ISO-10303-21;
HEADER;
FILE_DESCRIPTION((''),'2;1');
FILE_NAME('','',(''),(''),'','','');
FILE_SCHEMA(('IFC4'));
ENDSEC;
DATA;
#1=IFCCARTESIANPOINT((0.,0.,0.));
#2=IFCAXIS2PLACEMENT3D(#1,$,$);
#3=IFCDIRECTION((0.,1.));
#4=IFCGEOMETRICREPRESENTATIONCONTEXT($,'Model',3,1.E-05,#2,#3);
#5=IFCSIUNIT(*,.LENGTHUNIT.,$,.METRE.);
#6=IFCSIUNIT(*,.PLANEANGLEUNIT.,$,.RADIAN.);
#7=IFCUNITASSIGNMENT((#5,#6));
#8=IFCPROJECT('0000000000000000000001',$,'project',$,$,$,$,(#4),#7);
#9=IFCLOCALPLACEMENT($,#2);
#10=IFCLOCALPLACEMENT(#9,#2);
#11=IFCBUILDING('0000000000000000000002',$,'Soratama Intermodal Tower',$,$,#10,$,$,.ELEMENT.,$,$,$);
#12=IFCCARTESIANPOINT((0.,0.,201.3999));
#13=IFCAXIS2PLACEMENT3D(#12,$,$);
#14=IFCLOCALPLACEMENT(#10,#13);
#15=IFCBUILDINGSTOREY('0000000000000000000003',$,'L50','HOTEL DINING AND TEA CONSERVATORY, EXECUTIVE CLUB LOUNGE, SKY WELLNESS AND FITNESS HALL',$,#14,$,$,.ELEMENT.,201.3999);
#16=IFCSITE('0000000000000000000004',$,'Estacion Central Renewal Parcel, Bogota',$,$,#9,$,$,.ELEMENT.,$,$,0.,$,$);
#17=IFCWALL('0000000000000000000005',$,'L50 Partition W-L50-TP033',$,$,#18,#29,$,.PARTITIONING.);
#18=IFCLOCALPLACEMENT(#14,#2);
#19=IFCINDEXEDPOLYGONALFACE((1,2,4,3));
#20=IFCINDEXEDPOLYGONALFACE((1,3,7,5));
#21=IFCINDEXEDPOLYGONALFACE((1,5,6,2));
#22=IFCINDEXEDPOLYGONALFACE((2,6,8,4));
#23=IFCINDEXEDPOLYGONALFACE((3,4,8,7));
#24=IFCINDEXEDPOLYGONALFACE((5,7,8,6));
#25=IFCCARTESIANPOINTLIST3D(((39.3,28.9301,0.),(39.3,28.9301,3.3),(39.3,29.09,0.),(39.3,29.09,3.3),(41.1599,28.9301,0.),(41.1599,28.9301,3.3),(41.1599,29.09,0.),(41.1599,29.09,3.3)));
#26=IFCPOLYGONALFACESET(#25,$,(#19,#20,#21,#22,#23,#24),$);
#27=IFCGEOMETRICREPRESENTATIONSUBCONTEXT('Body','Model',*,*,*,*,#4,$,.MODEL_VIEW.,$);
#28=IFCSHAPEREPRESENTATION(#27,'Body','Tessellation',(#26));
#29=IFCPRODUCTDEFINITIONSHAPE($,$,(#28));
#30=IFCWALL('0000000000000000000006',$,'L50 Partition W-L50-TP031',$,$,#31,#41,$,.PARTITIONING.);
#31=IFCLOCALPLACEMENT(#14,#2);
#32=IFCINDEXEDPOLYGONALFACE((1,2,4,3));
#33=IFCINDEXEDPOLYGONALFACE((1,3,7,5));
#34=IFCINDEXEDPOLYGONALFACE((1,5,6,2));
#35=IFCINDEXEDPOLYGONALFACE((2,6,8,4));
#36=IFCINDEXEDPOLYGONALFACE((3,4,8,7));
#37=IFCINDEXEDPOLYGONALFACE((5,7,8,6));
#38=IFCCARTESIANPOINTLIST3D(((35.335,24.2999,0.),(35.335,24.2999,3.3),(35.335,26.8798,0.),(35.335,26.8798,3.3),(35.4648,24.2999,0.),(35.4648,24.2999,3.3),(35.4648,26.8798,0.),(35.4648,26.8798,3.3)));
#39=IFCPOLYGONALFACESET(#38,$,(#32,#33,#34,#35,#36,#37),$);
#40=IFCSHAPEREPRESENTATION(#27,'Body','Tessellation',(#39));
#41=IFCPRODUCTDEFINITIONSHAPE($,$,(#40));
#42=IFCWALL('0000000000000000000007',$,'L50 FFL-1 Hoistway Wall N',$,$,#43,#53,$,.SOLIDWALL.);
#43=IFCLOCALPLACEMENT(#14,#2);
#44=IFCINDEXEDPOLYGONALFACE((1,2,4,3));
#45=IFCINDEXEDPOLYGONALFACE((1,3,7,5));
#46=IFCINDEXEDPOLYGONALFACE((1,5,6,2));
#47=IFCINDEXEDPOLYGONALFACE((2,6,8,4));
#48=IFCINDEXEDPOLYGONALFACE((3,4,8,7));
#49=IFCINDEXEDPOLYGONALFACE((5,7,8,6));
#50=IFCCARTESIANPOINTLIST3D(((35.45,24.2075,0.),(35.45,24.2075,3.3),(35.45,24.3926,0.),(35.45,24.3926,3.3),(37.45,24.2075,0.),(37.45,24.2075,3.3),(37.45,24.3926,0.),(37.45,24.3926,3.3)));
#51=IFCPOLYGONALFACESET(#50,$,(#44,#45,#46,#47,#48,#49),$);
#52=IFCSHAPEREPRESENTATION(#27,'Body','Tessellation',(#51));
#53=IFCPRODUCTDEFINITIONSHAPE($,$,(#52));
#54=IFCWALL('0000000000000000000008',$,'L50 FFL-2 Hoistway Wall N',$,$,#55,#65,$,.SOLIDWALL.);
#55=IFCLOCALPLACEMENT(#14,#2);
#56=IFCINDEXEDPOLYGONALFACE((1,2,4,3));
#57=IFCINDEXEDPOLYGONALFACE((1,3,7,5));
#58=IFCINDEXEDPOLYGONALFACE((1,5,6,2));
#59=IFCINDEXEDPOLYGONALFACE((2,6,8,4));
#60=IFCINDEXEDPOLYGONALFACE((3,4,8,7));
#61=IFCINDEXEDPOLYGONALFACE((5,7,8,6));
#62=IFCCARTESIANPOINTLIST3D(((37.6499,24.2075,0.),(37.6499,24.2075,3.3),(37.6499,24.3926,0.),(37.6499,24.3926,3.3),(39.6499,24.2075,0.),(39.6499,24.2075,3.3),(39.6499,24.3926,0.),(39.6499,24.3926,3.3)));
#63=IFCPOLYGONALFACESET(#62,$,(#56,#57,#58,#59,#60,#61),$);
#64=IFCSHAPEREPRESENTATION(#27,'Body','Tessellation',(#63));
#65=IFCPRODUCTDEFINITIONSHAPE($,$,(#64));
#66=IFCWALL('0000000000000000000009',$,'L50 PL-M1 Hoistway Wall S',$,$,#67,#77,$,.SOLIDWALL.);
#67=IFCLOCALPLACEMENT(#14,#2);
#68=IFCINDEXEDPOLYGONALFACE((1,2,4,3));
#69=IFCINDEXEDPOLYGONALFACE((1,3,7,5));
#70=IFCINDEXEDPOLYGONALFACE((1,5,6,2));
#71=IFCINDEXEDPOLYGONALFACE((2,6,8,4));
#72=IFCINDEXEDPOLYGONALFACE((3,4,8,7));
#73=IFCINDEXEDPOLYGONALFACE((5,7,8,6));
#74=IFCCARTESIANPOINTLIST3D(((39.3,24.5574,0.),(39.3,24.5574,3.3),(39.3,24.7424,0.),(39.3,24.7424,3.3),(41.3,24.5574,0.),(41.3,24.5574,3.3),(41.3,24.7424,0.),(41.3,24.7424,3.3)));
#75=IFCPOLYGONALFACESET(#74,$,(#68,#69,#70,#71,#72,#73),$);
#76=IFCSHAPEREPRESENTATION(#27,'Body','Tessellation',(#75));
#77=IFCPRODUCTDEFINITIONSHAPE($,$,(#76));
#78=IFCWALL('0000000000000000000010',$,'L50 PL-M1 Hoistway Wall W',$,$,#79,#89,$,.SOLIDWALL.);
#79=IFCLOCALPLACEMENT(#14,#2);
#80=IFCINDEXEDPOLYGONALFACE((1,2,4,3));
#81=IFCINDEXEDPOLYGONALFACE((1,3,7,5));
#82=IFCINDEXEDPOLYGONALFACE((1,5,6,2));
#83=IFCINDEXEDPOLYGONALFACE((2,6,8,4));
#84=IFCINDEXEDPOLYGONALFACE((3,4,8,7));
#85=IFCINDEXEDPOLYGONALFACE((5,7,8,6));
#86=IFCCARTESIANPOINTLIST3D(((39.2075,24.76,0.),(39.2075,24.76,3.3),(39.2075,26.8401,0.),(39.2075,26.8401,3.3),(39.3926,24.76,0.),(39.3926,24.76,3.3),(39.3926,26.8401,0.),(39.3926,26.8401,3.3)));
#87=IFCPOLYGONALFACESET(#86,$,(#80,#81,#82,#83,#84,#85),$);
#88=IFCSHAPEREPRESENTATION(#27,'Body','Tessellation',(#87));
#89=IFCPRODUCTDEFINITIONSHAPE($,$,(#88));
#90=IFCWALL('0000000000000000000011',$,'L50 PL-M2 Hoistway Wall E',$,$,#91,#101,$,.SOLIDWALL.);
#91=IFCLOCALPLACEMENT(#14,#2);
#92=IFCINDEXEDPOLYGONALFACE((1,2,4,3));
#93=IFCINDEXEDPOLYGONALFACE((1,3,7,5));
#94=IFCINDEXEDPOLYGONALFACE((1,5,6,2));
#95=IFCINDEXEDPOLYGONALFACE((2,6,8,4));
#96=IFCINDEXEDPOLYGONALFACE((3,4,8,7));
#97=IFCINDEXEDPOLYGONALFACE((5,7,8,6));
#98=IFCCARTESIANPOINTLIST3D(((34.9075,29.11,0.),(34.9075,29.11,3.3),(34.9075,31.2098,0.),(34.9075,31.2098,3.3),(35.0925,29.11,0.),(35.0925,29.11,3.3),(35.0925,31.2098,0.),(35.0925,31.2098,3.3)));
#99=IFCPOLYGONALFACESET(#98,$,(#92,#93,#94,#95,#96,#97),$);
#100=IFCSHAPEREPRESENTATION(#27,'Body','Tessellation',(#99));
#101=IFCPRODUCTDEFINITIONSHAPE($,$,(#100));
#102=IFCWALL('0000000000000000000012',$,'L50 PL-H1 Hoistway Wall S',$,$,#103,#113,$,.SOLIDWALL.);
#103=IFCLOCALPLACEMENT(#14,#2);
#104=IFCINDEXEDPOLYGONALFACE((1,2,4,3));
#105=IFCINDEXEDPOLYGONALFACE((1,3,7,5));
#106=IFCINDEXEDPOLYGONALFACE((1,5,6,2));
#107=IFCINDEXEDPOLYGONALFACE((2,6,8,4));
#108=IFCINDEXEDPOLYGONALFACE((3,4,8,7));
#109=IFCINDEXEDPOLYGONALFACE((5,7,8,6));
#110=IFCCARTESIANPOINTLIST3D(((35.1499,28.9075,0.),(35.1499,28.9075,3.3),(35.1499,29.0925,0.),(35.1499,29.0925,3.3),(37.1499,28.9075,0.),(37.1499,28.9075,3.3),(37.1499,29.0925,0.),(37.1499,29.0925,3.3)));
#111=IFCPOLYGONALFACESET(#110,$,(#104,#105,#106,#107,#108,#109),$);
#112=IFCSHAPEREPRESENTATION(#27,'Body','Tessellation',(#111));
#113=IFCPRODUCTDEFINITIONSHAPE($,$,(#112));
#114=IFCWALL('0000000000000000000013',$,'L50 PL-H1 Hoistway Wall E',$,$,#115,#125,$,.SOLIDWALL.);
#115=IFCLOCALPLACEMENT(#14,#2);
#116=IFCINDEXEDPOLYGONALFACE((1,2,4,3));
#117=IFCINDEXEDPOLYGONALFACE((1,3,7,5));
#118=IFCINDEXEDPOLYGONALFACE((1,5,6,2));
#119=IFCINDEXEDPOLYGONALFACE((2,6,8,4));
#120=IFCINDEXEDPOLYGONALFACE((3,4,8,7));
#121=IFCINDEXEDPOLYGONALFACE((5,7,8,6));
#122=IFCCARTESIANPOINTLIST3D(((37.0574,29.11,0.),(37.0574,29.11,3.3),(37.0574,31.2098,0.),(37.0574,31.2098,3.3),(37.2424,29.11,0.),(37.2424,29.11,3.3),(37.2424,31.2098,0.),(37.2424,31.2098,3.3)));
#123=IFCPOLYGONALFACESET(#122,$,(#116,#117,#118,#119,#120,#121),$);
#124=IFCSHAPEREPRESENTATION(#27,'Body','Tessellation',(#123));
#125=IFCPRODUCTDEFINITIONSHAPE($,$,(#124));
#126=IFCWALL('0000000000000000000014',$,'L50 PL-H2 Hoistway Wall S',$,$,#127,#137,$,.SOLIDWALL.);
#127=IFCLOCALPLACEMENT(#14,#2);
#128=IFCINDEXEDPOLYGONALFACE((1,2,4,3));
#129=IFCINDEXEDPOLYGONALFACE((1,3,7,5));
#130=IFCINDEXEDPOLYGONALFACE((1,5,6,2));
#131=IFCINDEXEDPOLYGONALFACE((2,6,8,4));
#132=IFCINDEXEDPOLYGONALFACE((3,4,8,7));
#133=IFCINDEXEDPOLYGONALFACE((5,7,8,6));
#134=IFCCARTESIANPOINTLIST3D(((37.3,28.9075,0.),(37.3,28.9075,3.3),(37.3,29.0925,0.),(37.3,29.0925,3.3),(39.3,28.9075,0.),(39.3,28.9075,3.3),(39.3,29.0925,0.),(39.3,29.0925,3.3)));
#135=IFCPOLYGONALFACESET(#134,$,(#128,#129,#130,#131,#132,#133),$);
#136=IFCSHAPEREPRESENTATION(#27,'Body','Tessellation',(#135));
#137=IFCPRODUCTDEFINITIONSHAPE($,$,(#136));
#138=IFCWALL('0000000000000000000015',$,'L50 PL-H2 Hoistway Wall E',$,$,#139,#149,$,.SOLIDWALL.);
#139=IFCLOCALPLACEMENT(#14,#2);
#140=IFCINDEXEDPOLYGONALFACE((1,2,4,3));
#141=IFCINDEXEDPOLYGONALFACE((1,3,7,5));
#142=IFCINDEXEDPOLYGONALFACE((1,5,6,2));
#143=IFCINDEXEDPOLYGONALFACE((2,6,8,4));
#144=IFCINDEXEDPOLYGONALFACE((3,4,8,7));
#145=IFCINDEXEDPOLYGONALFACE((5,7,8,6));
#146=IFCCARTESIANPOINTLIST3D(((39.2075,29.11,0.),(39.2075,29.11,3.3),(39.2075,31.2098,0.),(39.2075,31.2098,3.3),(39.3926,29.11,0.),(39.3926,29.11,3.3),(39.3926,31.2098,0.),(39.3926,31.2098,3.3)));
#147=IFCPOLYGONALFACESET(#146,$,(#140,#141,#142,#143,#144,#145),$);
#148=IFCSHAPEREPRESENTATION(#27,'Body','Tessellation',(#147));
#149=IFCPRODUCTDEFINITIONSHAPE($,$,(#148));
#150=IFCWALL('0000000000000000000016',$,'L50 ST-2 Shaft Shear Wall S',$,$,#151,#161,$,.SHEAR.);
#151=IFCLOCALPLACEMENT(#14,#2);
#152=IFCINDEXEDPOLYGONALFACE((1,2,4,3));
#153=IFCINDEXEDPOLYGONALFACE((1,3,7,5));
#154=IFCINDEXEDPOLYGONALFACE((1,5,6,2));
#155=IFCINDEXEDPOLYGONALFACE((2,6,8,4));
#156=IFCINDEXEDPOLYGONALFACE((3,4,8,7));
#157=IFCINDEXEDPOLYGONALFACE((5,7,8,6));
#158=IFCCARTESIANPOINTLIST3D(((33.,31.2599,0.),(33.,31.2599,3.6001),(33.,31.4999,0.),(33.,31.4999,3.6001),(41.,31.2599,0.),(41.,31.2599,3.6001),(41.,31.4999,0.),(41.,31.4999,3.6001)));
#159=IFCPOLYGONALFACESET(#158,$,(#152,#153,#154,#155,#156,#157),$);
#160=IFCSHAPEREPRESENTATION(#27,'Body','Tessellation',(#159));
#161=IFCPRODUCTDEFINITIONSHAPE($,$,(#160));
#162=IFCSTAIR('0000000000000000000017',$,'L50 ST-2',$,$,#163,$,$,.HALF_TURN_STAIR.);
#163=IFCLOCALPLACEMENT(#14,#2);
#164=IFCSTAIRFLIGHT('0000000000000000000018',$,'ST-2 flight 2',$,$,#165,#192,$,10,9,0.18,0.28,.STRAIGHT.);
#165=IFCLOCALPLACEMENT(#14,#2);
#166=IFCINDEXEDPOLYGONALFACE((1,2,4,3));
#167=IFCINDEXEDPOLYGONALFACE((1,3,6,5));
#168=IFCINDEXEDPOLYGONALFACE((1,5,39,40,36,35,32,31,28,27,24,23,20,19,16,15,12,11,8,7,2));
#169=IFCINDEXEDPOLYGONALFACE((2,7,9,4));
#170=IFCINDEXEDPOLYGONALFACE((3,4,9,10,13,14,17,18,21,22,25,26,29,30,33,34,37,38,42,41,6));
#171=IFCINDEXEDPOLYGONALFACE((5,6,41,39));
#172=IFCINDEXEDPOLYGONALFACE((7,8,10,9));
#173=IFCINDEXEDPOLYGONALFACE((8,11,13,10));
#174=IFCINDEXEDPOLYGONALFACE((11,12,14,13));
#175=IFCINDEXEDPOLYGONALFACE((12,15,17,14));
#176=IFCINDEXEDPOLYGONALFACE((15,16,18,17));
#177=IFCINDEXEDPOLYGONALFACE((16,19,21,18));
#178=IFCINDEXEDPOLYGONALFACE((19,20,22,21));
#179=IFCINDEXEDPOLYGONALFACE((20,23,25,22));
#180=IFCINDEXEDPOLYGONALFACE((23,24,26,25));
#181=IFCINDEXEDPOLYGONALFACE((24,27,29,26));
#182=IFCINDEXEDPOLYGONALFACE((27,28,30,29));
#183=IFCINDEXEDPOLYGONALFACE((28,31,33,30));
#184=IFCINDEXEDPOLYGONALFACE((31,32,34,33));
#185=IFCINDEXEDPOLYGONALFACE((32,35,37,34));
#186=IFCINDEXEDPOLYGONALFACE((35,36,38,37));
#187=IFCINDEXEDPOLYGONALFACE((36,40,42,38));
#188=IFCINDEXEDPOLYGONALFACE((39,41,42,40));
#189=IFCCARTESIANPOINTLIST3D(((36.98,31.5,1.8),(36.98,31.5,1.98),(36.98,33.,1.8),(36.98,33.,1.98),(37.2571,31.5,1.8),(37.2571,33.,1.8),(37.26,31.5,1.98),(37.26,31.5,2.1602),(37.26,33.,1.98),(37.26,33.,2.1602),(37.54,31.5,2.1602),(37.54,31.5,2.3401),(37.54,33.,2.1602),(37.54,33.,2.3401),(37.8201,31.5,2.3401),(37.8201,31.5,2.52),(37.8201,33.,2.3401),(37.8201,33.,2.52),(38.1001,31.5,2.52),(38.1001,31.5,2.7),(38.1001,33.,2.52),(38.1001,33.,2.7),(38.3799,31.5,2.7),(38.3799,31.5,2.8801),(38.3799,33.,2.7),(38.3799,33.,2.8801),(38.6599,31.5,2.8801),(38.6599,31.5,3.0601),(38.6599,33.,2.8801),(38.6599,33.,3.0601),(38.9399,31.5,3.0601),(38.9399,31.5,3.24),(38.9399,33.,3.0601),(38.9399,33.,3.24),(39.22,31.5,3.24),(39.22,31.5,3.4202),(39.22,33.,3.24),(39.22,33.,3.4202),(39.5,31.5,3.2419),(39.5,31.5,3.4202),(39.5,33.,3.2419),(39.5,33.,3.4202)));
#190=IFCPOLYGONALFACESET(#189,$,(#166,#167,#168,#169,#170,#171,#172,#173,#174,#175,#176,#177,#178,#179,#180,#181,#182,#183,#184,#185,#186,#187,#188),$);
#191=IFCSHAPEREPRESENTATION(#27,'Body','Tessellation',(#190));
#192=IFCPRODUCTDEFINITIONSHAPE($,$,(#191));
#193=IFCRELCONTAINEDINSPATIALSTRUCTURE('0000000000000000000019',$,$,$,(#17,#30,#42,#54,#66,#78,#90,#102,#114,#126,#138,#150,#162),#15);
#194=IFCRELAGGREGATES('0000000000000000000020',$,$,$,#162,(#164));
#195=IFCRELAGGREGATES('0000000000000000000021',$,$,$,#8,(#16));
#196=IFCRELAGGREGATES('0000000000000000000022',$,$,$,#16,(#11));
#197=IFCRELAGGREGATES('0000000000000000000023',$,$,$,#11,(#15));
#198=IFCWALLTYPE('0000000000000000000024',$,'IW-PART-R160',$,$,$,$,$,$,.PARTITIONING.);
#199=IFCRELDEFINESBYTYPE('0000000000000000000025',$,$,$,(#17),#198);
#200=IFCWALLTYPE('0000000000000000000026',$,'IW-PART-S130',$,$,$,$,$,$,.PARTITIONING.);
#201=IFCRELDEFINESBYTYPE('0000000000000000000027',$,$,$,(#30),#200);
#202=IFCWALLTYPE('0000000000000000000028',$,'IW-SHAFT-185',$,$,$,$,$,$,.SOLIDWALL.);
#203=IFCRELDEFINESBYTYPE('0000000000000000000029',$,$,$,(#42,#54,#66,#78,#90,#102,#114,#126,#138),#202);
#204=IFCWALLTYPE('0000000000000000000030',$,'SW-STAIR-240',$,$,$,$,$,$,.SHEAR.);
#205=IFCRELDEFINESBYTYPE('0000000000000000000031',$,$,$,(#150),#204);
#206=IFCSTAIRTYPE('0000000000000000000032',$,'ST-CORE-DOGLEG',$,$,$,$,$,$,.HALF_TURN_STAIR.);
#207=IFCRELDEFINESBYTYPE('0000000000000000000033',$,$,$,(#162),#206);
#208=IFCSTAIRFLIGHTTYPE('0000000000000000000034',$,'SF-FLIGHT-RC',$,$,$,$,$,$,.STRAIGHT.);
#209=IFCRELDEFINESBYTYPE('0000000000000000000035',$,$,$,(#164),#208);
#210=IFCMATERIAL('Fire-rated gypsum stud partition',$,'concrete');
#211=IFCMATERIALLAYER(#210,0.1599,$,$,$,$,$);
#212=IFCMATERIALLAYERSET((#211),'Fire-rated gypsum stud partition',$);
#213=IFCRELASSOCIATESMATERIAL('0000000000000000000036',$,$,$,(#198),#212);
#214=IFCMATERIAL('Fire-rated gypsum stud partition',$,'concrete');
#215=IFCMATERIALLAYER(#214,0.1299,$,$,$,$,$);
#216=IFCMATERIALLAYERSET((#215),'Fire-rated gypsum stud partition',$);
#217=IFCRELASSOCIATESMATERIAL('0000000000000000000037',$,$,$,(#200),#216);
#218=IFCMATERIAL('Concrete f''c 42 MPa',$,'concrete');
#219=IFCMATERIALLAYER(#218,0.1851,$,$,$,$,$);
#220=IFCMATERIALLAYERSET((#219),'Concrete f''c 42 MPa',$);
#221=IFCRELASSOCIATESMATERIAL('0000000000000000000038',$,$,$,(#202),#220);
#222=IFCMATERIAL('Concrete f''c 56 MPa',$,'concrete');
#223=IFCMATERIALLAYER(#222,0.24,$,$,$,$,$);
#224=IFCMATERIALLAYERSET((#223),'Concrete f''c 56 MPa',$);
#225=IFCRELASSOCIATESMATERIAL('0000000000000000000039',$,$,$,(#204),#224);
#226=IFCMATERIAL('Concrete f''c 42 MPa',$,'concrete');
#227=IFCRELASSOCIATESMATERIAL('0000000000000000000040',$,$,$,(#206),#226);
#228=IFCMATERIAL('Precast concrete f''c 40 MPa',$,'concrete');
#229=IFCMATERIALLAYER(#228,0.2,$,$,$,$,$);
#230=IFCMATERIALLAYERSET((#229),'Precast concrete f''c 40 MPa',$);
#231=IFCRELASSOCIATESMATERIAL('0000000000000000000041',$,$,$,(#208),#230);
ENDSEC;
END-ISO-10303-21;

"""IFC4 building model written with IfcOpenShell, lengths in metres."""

from ifc_helpers import new_model, si_unit, direction, frame, frame_2d, origin, place, context, subcontext, project, spatial, polyline, rectangle, outline, extrude, material, layer, layer_set, type_object, element, aggregate, save


model = new_model("IFC4")

# Units and contexts
model_context = context("Model", 3, precision=1e-05, world=origin(), true_north=direction((0.0, 1.0)))
body_context = subcontext(model_context, "Body", "Model", "MODEL_VIEW")
ifc_project = project(units=[si_unit("LENGTHUNIT", "METRE"), si_unit("PLANEANGLEUNIT", "RADIAN")], contexts=[model_context])

# Site, building, storey
site_placement = place(None, origin())
site = spatial("IfcSite", under=ifc_project, at=site_placement, Name="Estacion Central Renewal Parcel, Bogota", CompositionType="ELEMENT", RefElevation=0.0)
building_placement = place(site_placement, origin())
building = spatial("IfcBuilding", under=site, at=building_placement, Name="Soratama Intermodal Tower", CompositionType="ELEMENT")
storey_placement = place(building_placement, frame((0.0, 0.0, 201.3999)))
storey = spatial("IfcBuildingStorey", under=building, at=storey_placement, Name="L50", Description="HOTEL DINING AND TEA CONSERVATORY, EXECUTIVE CLUB LOUNGE, SKY WELLNESS AND FITNESS HALL", CompositionType="ELEMENT", Elevation=201.3999)

# Shared definitions
ifc_material_1 = material(Name="Fire-rated gypsum stud partition", Category="concrete")
ifc_layer_1 = layer(ifc_material_1, 0.1599)
ifc_layer_set_1 = layer_set([ifc_layer_1], Name="Fire-rated gypsum stud partition")
wall_type_1 = type_object("IfcWallType", Name="IW-PART-R160", PredefinedType="PARTITIONING", material=ifc_layer_set_1)

# Walls
wall_1_placement = place(storey_placement, frame((39.3, 29.01, 0.0), z_axis=(0.0, 0.0, 1.0), x_axis=(1.0, 0.0, 0.0)))
element("IfcWall", 1, at=wall_1_placement, inside=storey, type_object=wall_type_1, Name="L50 Partition W-L50-TP033", PredefinedType="PARTITIONING", context=body_context, shape_type="SweptSolid", body=[
    extrude(rectangle(XDim=1.8599, YDim=0.1599, at=frame_2d((0.9299, 0.0))), origin(), (0.0, 0.0, 1.0), 3.3),
])
ifc_material_2 = material(Name="Fire-rated gypsum stud partition", Category="concrete")
ifc_layer_2 = layer(ifc_material_2, 0.1299)
ifc_layer_set_2 = layer_set([ifc_layer_2], Name="Fire-rated gypsum stud partition")
wall_type_2 = type_object("IfcWallType", Name="IW-PART-S130", PredefinedType="PARTITIONING", material=ifc_layer_set_2)
wall_2_placement = place(storey_placement, frame((35.3999, 26.8799, 0.0), z_axis=(0.0, 0.0, 1.0), x_axis=(0.0, -1.0, 0.0)))
element("IfcWall", 2, at=wall_2_placement, inside=storey, type_object=wall_type_2, Name="L50 Partition W-L50-TP031", PredefinedType="PARTITIONING", context=body_context, shape_type="SweptSolid", body=[
    extrude(rectangle(XDim=2.5798, YDim=0.1299, at=frame_2d((1.29, 0.0))), origin(), (0.0, 0.0, 1.0), 3.3),
])
ifc_material_3 = material(Name="Concrete f'c 42 MPa", Category="concrete")
ifc_layer_3 = layer(ifc_material_3, 0.1851)
ifc_layer_set_3 = layer_set([ifc_layer_3], Name="Concrete f'c 42 MPa")
wall_type_3 = type_object("IfcWallType", Name="IW-SHAFT-185", PredefinedType="SOLIDWALL", material=ifc_layer_set_3)
for number, where, z_axis, x_axis, name in (
    (3, (35.45, 24.3, 0.0), (0.0, 0.0, 1.0), (1.0, 0.0, 0.0), "L50 FFL-1 Hoistway Wall N"),
    (4, (37.6499, 24.3, 0.0), (0.0, 0.0, 1.0), (1.0, 0.0, 0.0), "L50 FFL-2 Hoistway Wall N"),
    (5, (39.3, 24.6499, 0.0), (0.0, 0.0, 1.0), (1.0, 0.0, 0.0), "L50 PL-M1 Hoistway Wall S"),
):
    element("IfcWall", number, at=place(storey_placement, frame(where, z_axis=z_axis, x_axis=x_axis)), inside=storey, type_object=wall_type_3, Name=name, PredefinedType="SOLIDWALL", context=body_context, shape_type="SweptSolid", body=[
        extrude(rectangle(XDim=2.0, YDim=0.1851, at=frame_2d((1.0, 0.0))), origin(), (0.0, 0.0, 1.0), 3.3),
    ])

# Walls
wall_3_placement = place(storey_placement, frame((39.3, 24.76, 0.0), z_axis=(0.0, 0.0, 1.0), x_axis=(0.0, 1.0, 0.0)))
element("IfcWall", 6, at=wall_3_placement, inside=storey, type_object=wall_type_3, Name="L50 PL-M1 Hoistway Wall W", PredefinedType="SOLIDWALL", context=body_context, shape_type="SweptSolid", body=[
    extrude(rectangle(XDim=2.0801, YDim=0.1851, at=frame_2d((1.04, 0.0))), origin(), (0.0, 0.0, 1.0), 3.3),
])
wall_4_placement = place(storey_placement, frame((35.0, 29.1101, 0.0), z_axis=(0.0, 0.0, 1.0), x_axis=(0.0, 1.0, 0.0)))
element("IfcWall", 7, at=wall_4_placement, inside=storey, type_object=wall_type_3, Name="L50 PL-M2 Hoistway Wall E", PredefinedType="SOLIDWALL", context=body_context, shape_type="SweptSolid", body=[
    extrude(rectangle(XDim=2.0999, YDim=0.1851, at=frame_2d((1.0498, 0.0))), origin(), (0.0, 0.0, 1.0), 3.3),
])
wall_5_placement = place(storey_placement, frame((35.1499, 29.0, 0.0), z_axis=(0.0, 0.0, 1.0), x_axis=(1.0, 0.0, 0.0)))
element("IfcWall", 8, at=wall_5_placement, inside=storey, type_object=wall_type_3, Name="L50 PL-H1 Hoistway Wall S", PredefinedType="SOLIDWALL", context=body_context, shape_type="SweptSolid", body=[
    extrude(rectangle(XDim=2.0, YDim=0.1851, at=frame_2d((1.0, 0.0))), origin(), (0.0, 0.0, 1.0), 3.3),
])
wall_6_placement = place(storey_placement, frame((37.1499, 29.1101, 0.0), z_axis=(0.0, 0.0, 1.0), x_axis=(0.0, 1.0, 0.0)))
element("IfcWall", 9, at=wall_6_placement, inside=storey, type_object=wall_type_3, Name="L50 PL-H1 Hoistway Wall E", PredefinedType="SOLIDWALL", context=body_context, shape_type="SweptSolid", body=[
    extrude(rectangle(XDim=2.0999, YDim=0.1851, at=frame_2d((1.0498, 0.0))), origin(), (0.0, 0.0, 1.0), 3.3),
])
wall_7_placement = place(storey_placement, frame((37.3, 29.0, 0.0), z_axis=(0.0, 0.0, 1.0), x_axis=(1.0, 0.0, 0.0)))
element("IfcWall", 10, at=wall_7_placement, inside=storey, type_object=wall_type_3, Name="L50 PL-H2 Hoistway Wall S", PredefinedType="SOLIDWALL", context=body_context, shape_type="SweptSolid", body=[
    extrude(rectangle(XDim=2.0, YDim=0.1851, at=frame_2d((1.0, 0.0))), origin(), (0.0, 0.0, 1.0), 3.3),
])
wall_8_placement = place(storey_placement, frame((39.3, 29.1101, 0.0), z_axis=(0.0, 0.0, 1.0), x_axis=(0.0, 1.0, 0.0)))
element("IfcWall", 11, at=wall_8_placement, inside=storey, type_object=wall_type_3, Name="L50 PL-H2 Hoistway Wall E", PredefinedType="SOLIDWALL", context=body_context, shape_type="SweptSolid", body=[
    extrude(rectangle(XDim=2.0999, YDim=0.1851, at=frame_2d((1.0498, 0.0))), origin(), (0.0, 0.0, 1.0), 3.3),
])
ifc_material_4 = material(Name="Concrete f'c 56 MPa", Category="concrete")
ifc_layer_4 = layer(ifc_material_4, 0.24)
ifc_layer_set_4 = layer_set([ifc_layer_4], Name="Concrete f'c 56 MPa")
wall_type_4 = type_object("IfcWallType", Name="SW-STAIR-240", PredefinedType="SHEAR", material=ifc_layer_set_4)
wall_9_placement = place(storey_placement, frame((33.0, 31.3799, 0.0), z_axis=(0.0, 0.0, 1.0), x_axis=(1.0, 0.0, 0.0)))
element("IfcWall", 12, at=wall_9_placement, inside=storey, type_object=wall_type_4, Name="L50 ST-2 Shaft Shear Wall S", PredefinedType="SHEAR", context=body_context, shape_type="SweptSolid", body=[
    extrude(rectangle(XDim=8.0, YDim=0.24, at=frame_2d((4.0, 0.0))), origin(), (0.0, 0.0, 1.0), 3.6001),
])

# Stair, stair flight
ifc_material_5 = material(Name="Concrete f'c 42 MPa", Category="concrete")
stair_type = type_object("IfcStairType", Name="ST-CORE-DOGLEG", PredefinedType="HALF_TURN_STAIR", material=ifc_material_5)
stair_placement = place(storey_placement, origin())
stair = element("IfcStair", 13, at=stair_placement, inside=storey, type_object=stair_type, Name="L50 ST-2", PredefinedType="HALF_TURN_STAIR")
ifc_material_6 = material(Name="Precast concrete f'c 40 MPa", Category="concrete")
ifc_layer_5 = layer(ifc_material_6, 0.2)
ifc_layer_set_5 = layer_set([ifc_layer_5], Name="Precast concrete f'c 40 MPa")
stair_flight_type = type_object("IfcStairFlightType", Name="SF-FLIGHT-RC", PredefinedType="STRAIGHT", material=ifc_layer_set_5)
stair_flight_placement = place(storey_placement, frame((36.98, 32.25, 1.8), z_axis=(0.0, 0.0, 1.0), x_axis=(1.0, 0.0, 0.0)))
stair_flight = element("IfcStairFlight", 14, at=stair_flight_placement, type_object=stair_flight_type, Name="ST-2 flight 2", NumberOfRisers=10, NumberOfTreads=9, PredefinedType="STRAIGHT", RiserHeight=0.18, TreadLength=0.28, context=body_context, shape_type="SweptSolid", body=[
    extrude(outline(polyline([(0.0, 0.0), (0.0, 0.1799), (0.28, 0.1799), (0.28, 0.3601), (0.5601, 0.3601), (0.5601, 0.54), (0.8401, 0.54), (0.8401, 0.72), (1.1201, 0.72), (1.1201, 0.8999), (1.3999, 0.8999), (1.3999, 1.0801), (1.6799, 1.0801), (1.6799, 1.26), (1.96, 1.26), (1.96, 1.4399), (2.24, 1.4399), (2.24, 1.6201), (2.52, 1.6201), (2.52, 1.8), (2.52, 1.4419), (0.2771, 0.0), (0.0, 0.0)])), frame((0.0, 0.75, 0.0), z_axis=(0.0, -1.0, 0.0), x_axis=(1.0, 0.0, 0.0)), (0.0, 0.0, 1.0), 1.5),
])
aggregate(stair, [stair_flight])

save(model, "model.ifc")
